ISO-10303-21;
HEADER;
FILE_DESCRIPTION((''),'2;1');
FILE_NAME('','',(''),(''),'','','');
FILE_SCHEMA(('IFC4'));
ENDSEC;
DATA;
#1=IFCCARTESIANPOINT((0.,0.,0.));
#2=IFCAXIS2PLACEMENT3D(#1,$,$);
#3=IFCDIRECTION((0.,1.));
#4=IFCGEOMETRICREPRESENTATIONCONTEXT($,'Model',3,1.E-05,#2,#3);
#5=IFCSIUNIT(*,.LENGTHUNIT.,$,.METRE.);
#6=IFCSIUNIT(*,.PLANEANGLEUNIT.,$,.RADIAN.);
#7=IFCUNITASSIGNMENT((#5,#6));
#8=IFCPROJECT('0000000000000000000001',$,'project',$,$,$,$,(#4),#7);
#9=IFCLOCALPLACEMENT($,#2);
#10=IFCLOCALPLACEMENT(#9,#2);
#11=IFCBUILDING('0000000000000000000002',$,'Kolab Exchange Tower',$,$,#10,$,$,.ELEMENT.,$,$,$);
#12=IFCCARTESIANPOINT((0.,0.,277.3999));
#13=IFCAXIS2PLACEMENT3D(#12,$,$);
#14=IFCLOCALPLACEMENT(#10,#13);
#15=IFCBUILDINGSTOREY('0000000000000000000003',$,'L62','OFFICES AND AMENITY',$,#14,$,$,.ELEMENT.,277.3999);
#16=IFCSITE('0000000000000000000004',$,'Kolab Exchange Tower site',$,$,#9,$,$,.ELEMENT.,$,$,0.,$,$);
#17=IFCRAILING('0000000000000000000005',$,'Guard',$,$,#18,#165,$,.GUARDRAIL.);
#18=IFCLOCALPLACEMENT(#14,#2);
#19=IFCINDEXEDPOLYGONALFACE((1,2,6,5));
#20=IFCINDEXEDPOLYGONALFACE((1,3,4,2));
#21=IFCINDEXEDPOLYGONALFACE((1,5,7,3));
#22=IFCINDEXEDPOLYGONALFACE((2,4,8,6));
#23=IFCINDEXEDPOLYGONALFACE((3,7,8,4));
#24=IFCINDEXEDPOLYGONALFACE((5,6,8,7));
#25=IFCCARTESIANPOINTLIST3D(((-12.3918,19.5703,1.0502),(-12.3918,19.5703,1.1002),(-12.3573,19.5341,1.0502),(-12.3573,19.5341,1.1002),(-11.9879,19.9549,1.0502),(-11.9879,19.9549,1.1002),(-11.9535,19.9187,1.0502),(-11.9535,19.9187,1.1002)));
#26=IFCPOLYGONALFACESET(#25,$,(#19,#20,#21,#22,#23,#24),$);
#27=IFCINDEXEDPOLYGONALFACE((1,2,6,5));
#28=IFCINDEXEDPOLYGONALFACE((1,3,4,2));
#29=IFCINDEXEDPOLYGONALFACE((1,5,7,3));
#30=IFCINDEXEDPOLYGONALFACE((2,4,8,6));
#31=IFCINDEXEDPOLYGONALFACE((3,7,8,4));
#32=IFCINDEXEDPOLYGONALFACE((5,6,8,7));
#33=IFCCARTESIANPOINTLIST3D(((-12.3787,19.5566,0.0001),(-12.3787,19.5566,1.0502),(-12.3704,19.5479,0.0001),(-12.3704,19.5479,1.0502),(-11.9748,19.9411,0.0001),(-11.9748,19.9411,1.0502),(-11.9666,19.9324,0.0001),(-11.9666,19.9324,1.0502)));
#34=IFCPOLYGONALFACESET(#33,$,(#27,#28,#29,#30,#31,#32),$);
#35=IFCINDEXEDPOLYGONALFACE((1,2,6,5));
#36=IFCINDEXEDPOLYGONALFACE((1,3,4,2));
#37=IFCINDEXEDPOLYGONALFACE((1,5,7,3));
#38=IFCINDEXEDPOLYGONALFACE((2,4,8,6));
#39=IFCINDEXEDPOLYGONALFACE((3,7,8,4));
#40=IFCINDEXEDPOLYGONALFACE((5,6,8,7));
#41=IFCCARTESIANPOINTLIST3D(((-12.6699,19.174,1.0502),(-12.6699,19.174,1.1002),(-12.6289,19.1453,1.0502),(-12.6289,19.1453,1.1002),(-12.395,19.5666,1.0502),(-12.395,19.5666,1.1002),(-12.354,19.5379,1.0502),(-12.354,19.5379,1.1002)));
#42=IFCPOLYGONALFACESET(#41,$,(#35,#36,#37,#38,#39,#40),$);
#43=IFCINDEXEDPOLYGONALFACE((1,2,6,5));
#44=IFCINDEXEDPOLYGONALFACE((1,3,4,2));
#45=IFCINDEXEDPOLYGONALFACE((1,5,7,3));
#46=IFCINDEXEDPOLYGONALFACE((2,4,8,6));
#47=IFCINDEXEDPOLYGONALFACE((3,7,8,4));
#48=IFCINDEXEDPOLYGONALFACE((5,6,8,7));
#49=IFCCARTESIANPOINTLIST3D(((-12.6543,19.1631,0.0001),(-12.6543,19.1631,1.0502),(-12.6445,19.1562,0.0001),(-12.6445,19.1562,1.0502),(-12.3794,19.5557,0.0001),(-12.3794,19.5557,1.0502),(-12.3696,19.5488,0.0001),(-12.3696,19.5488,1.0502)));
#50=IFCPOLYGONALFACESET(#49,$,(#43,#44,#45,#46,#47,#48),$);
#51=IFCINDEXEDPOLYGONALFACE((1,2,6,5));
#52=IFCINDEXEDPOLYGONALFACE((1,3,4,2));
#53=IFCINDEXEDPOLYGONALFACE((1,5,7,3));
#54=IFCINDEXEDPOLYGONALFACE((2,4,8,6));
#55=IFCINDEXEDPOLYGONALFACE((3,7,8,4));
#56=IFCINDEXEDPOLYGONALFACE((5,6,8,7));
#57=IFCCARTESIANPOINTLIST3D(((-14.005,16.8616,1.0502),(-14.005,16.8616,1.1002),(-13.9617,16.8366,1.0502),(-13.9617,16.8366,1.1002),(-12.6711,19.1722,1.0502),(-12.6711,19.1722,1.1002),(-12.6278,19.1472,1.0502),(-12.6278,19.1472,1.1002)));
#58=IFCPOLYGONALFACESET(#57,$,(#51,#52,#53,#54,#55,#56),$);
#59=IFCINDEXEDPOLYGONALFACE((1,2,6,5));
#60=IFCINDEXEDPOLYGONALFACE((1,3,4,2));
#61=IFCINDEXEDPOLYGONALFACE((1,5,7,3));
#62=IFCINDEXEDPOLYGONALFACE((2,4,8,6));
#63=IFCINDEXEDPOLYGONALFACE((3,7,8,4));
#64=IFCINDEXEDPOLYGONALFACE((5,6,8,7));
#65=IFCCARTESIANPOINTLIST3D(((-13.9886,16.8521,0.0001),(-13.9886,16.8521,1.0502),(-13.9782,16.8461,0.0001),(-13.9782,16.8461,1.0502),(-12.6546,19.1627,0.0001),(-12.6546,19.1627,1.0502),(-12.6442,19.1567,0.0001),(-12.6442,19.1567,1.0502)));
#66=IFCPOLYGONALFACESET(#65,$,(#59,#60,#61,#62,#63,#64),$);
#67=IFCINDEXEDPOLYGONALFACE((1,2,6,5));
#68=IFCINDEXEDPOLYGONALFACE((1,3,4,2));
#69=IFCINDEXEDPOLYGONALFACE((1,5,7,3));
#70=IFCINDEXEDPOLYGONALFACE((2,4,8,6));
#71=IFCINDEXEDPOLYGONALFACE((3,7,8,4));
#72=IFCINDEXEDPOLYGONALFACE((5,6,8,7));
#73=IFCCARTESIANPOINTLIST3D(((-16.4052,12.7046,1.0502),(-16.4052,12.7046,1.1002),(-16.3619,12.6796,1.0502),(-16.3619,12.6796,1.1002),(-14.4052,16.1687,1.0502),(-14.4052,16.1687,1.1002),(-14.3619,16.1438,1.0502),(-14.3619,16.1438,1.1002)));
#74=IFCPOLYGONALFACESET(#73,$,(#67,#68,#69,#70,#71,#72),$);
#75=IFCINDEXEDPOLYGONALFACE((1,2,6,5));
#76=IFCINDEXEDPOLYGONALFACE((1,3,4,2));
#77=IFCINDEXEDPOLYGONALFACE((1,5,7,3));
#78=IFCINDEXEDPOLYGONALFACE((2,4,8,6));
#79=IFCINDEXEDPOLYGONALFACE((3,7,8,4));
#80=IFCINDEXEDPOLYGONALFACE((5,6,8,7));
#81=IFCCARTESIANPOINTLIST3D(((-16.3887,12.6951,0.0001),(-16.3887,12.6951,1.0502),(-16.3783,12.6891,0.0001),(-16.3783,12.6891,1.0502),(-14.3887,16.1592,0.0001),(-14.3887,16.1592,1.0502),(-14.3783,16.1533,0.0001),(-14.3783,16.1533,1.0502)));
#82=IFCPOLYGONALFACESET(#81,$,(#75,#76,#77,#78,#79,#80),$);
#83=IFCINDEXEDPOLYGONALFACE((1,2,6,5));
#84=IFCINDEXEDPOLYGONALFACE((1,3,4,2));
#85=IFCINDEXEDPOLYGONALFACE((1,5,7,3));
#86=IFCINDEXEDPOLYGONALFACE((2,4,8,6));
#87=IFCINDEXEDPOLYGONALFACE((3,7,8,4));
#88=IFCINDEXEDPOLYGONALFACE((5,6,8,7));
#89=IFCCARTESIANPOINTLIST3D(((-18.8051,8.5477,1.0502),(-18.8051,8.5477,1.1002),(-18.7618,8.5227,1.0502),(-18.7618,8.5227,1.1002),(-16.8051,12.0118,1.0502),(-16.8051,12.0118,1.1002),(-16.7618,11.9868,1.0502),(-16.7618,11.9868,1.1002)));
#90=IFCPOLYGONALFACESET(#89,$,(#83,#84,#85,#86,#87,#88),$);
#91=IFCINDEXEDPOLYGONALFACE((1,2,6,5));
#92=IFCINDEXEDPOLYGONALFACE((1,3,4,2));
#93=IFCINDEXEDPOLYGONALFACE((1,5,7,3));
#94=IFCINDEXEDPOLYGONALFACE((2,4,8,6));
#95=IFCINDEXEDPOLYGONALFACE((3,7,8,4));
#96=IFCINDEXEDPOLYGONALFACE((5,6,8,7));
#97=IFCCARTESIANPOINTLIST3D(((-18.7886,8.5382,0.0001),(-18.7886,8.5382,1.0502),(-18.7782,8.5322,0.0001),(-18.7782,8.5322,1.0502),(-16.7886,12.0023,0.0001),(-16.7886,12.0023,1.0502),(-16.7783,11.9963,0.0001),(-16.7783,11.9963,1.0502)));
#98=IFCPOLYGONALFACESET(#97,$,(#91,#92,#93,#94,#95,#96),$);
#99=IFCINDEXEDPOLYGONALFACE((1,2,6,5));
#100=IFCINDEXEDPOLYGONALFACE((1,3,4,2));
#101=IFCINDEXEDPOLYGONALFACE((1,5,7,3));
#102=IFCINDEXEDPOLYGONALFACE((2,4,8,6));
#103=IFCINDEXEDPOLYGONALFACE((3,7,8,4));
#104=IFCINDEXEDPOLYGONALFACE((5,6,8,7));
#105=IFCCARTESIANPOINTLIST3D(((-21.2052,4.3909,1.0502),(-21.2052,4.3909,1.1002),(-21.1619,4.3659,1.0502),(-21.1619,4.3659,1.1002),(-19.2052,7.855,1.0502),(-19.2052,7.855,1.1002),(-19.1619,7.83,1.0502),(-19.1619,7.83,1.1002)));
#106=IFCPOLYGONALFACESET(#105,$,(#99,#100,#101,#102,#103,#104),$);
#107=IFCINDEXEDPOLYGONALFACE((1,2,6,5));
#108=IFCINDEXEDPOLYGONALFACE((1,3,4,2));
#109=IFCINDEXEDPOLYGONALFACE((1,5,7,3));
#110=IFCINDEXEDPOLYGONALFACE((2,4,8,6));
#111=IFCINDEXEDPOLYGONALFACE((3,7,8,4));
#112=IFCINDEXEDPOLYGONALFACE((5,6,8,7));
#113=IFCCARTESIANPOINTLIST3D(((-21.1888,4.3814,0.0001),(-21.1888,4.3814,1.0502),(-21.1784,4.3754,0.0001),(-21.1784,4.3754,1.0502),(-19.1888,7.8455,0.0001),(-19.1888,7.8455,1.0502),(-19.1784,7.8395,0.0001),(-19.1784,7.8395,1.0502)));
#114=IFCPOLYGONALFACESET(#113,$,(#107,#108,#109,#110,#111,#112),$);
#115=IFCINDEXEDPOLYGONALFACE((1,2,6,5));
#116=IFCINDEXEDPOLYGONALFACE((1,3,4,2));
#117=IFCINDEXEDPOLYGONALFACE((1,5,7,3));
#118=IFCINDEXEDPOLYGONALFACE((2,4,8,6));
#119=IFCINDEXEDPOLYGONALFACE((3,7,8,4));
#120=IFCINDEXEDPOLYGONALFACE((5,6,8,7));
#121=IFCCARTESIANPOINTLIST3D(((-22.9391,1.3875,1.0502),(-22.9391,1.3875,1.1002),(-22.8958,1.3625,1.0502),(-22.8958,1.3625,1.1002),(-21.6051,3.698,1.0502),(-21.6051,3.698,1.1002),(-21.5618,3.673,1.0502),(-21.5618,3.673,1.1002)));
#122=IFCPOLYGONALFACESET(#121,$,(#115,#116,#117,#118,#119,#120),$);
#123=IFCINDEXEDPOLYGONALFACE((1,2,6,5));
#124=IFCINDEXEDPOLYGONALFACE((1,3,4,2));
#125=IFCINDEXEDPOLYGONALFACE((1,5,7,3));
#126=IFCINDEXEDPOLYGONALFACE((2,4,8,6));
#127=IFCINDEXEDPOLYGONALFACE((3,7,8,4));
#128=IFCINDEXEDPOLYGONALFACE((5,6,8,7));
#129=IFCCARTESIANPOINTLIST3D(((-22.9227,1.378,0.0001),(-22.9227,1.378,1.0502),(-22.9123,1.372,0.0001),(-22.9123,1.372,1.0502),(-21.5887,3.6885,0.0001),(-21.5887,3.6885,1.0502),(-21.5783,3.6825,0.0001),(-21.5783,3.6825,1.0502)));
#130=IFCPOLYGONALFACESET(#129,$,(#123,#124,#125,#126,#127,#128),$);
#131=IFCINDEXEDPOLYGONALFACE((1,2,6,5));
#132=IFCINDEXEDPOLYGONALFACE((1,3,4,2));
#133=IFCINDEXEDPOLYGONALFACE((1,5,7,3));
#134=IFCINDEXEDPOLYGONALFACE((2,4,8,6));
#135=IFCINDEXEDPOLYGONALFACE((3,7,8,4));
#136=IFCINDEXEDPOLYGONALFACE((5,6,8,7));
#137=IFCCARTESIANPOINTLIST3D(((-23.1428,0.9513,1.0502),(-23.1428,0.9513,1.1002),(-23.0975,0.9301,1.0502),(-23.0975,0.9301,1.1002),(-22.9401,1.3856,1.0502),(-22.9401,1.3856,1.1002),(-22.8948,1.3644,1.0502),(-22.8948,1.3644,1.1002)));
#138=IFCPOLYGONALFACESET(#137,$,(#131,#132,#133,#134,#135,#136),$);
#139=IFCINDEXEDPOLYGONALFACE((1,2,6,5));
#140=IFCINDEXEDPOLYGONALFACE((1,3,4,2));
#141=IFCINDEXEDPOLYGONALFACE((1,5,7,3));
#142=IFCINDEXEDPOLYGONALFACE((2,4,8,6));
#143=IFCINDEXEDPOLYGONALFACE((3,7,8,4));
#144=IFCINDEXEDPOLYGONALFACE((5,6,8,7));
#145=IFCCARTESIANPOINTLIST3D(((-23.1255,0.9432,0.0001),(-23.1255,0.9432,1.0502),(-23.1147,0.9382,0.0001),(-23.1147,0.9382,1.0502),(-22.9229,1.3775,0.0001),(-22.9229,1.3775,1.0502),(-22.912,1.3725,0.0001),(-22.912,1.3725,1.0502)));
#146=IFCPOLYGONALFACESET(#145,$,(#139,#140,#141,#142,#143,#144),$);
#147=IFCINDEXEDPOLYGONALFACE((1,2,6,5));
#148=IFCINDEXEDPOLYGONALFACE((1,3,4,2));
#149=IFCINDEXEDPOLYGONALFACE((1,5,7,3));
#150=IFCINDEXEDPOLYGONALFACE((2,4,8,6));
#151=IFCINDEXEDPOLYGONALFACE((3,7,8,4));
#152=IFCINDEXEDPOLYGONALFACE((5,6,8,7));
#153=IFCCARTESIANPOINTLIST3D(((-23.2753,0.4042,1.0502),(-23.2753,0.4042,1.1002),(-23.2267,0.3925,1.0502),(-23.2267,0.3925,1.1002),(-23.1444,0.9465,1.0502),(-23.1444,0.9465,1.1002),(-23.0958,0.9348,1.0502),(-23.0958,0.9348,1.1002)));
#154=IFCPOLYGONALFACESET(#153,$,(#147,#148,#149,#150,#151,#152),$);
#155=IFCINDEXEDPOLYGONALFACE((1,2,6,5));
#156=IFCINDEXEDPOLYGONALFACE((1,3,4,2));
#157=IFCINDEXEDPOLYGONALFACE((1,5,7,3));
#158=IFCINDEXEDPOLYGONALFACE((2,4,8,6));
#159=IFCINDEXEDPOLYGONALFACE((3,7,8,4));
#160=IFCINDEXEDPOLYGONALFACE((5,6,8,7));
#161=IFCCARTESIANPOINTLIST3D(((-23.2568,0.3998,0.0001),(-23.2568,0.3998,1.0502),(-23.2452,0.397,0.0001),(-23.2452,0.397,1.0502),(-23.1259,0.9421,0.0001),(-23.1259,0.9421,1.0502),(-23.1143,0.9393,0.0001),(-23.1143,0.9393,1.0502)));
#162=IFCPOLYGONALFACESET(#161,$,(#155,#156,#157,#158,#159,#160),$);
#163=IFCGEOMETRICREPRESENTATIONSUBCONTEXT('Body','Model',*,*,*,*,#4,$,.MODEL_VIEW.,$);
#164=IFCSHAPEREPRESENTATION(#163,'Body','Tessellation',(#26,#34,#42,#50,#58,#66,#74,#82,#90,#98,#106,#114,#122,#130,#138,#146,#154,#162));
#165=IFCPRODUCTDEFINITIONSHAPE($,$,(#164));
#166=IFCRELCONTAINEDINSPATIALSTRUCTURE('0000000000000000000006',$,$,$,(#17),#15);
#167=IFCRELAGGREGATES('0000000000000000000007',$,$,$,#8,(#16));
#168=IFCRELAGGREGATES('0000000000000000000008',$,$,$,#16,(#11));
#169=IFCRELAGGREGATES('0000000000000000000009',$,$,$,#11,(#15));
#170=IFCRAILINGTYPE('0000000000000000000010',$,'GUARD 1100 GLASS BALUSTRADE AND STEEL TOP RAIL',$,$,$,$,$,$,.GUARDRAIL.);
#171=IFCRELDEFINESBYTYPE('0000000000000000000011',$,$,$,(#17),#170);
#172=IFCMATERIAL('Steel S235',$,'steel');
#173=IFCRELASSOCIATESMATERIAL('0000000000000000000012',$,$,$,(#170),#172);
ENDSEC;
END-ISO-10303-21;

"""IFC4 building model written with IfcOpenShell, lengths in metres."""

from ifc_helpers import new_model, si_unit, direction, frame, frame_2d, origin, origin_2d, place, context, subcontext, project, spatial, rectangle, extrude, material, type_object, element, save


model = new_model("IFC4")

# Units and contexts
model_context = context("Model", 3, precision=1e-05, world=origin(), true_north=direction((0.0, 1.0)))
body_context = subcontext(model_context, "Body", "Model", "MODEL_VIEW")
ifc_project = project(units=[si_unit("LENGTHUNIT", "METRE"), si_unit("PLANEANGLEUNIT", "RADIAN")], contexts=[model_context])

# Site, building, storey
site_placement = place(None, origin())
site = spatial("IfcSite", under=ifc_project, at=site_placement, Name="Kolab Exchange Tower site", CompositionType="ELEMENT", RefElevation=0.0)
building_placement = place(site_placement, origin())
building = spatial("IfcBuilding", under=site, at=building_placement, Name="Kolab Exchange Tower", CompositionType="ELEMENT")
storey_placement = place(building_placement, frame((0.0, 0.0, 277.3999)))
storey = spatial("IfcBuildingStorey", under=building, at=storey_placement, Name="L62", Description="OFFICES AND AMENITY", CompositionType="ELEMENT", Elevation=277.3999)

# Shared definitions
ifc_material_1 = material(Name="Steel S235", Category="steel")

# Railing
railing_type = type_object("IfcRailingType", Name="GUARD 1100 GLASS BALUSTRADE AND STEEL TOP RAIL", PredefinedType="GUARDRAIL", material=ifc_material_1)
railing_placement = place(storey_placement, frame((-11.9707, 19.9368, 0.0)))
element("IfcRailing", 1, at=railing_placement, inside=storey, type_object=railing_type, Name="Guard", PredefinedType="GUARDRAIL", context=body_context, shape_type="SweptSolid", body=[
    extrude(rectangle(XDim=0.05, YDim=0.05, at=origin_2d()), frame((0.0, 0.0, 1.0752), z_axis=(-0.72419, -0.689601, 0.0), x_axis=(0.689601, -0.72419, 0.0)), (0.0, 0.0, 1.0), 0.5576),
    extrude(rectangle(XDim=0.012, YDim=1.0501, at=frame_2d((0.0, 0.5251))), frame((0.0, 0.0, 0.0), z_axis=(-0.72419, -0.689601, 0.0), x_axis=(0.689601, -0.72419, 0.0)), (0.0, 0.0, 1.0), 0.5576),
    extrude(rectangle(XDim=0.05, YDim=0.05, at=origin_2d()), frame((-0.4038, -0.3845, 1.0752), z_axis=(-0.573599, -0.819136, 0.0), x_axis=(0.819136, -0.573599, 0.0)), (0.0, 0.0, 1.0), 0.4792),
    extrude(rectangle(XDim=0.012, YDim=1.0501, at=frame_2d((0.0, 0.5251))), frame((-0.4038, -0.3845, 0.0), z_axis=(-0.573599, -0.819136, 0.0), x_axis=(0.819136, -0.573599, 0.0)), (0.0, 0.0, 1.0), 0.4792),
    extrude(rectangle(XDim=0.05, YDim=0.05, at=origin_2d()), frame((-0.6787, -0.7771, 1.0752), z_axis=(-0.499997, -0.866027, 0.0), x_axis=(0.866027, -0.499997, 0.0)), (0.0, 0.0, 1.0), 2.668),
    extrude(rectangle(XDim=0.012, YDim=1.0501, at=frame_2d((0.0, 0.5251))), frame((-0.6787, -0.7771, 0.0), z_axis=(-0.499997, -0.866027, 0.0), x_axis=(0.866027, -0.499997, 0.0)), (0.0, 0.0, 1.0), 2.668),
    extrude(rectangle(XDim=0.05, YDim=0.05, at=origin_2d()), frame((-2.4128, -3.7805, 1.0752), z_axis=(-0.499999, -0.866026, 0.0), x_axis=(0.866026, -0.499999, 0.0)), (0.0, 0.0, 1.0), 4.0),
    extrude(rectangle(XDim=0.012, YDim=1.0501, at=frame_2d((0.0, 0.5251))), frame((-2.4128, -3.7805, 0.0), z_axis=(-0.499999, -0.866026, 0.0), x_axis=(0.866026, -0.499999, 0.0)), (0.0, 0.0, 1.0), 4.0),
    extrude(rectangle(XDim=0.05, YDim=0.05, at=origin_2d()), frame((-4.8127, -7.9375, 1.0752), z_axis=(-0.499999, -0.866026, 0.0), x_axis=(0.866026, -0.499999, 0.0)), (0.0, 0.0, 1.0), 4.0),
    extrude(rectangle(XDim=0.012, YDim=1.0501, at=frame_2d((0.0, 0.5251))), frame((-4.8127, -7.9375, 0.0), z_axis=(-0.499999, -0.866026, 0.0), x_axis=(0.866026, -0.499999, 0.0)), (0.0, 0.0, 1.0), 4.0),
    extrude(rectangle(XDim=0.05, YDim=0.05, at=origin_2d()), frame((-7.2129, -12.0942, 1.0752), z_axis=(-0.499999, -0.866026, 0.0), x_axis=(0.866026, -0.499999, 0.0)), (0.0, 0.0, 1.0), 4.0),
    extrude(rectangle(XDim=0.012, YDim=1.0501, at=frame_2d((0.0, 0.5251))), frame((-7.2129, -12.0942, 0.0), z_axis=(-0.499999, -0.866026, 0.0), x_axis=(0.866026, -0.499999, 0.0)), (0.0, 0.0, 1.0), 4.0),
    extrude(rectangle(XDim=0.05, YDim=0.05, at=origin_2d()), frame((-9.6128, -16.2512, 1.0752), z_axis=(-0.499997, -0.866027, 0.0), x_axis=(0.866027, -0.499997, 0.0)), (0.0, 0.0, 1.0), 2.668),
    extrude(rectangle(XDim=0.012, YDim=1.0501, at=frame_2d((0.0, 0.5251))), frame((-9.6128, -16.2512, 0.0), z_axis=(-0.499997, -0.866027, 0.0), x_axis=(0.866027, -0.499997, 0.0)), (0.0, 0.0, 1.0), 2.668),
    extrude(rectangle(XDim=0.05, YDim=0.05, at=origin_2d()), frame((-10.9468, -18.5618, 1.0752), z_axis=(-0.422802, -0.906222, 0.0), x_axis=(0.906222, -0.422802, 0.0)), (0.0, 0.0, 1.0), 0.4792),
    extrude(rectangle(XDim=0.012, YDim=1.0501, at=frame_2d((0.0, 0.5251))), frame((-10.9468, -18.5618, 0.0), z_axis=(-0.422802, -0.906222, 0.0), x_axis=(0.906222, -0.422802, 0.0)), (0.0, 0.0, 1.0), 0.4792),
    extrude(rectangle(XDim=0.05, YDim=0.05, at=origin_2d()), frame((-11.1494, -18.9961, 1.0752), z_axis=(-0.234598, -0.972093, 0.0), x_axis=(0.972093, -0.234598, 0.0)), (0.0, 0.0, 1.0), 0.5579),
    extrude(rectangle(XDim=0.012, YDim=1.0501, at=frame_2d((0.0, 0.5251))), frame((-11.1494, -18.9961, 0.0), z_axis=(-0.234598, -0.972093, 0.0), x_axis=(0.972093, -0.234598, 0.0)), (0.0, 0.0, 1.0), 0.5579),
])

save(model, "model.ifc")
